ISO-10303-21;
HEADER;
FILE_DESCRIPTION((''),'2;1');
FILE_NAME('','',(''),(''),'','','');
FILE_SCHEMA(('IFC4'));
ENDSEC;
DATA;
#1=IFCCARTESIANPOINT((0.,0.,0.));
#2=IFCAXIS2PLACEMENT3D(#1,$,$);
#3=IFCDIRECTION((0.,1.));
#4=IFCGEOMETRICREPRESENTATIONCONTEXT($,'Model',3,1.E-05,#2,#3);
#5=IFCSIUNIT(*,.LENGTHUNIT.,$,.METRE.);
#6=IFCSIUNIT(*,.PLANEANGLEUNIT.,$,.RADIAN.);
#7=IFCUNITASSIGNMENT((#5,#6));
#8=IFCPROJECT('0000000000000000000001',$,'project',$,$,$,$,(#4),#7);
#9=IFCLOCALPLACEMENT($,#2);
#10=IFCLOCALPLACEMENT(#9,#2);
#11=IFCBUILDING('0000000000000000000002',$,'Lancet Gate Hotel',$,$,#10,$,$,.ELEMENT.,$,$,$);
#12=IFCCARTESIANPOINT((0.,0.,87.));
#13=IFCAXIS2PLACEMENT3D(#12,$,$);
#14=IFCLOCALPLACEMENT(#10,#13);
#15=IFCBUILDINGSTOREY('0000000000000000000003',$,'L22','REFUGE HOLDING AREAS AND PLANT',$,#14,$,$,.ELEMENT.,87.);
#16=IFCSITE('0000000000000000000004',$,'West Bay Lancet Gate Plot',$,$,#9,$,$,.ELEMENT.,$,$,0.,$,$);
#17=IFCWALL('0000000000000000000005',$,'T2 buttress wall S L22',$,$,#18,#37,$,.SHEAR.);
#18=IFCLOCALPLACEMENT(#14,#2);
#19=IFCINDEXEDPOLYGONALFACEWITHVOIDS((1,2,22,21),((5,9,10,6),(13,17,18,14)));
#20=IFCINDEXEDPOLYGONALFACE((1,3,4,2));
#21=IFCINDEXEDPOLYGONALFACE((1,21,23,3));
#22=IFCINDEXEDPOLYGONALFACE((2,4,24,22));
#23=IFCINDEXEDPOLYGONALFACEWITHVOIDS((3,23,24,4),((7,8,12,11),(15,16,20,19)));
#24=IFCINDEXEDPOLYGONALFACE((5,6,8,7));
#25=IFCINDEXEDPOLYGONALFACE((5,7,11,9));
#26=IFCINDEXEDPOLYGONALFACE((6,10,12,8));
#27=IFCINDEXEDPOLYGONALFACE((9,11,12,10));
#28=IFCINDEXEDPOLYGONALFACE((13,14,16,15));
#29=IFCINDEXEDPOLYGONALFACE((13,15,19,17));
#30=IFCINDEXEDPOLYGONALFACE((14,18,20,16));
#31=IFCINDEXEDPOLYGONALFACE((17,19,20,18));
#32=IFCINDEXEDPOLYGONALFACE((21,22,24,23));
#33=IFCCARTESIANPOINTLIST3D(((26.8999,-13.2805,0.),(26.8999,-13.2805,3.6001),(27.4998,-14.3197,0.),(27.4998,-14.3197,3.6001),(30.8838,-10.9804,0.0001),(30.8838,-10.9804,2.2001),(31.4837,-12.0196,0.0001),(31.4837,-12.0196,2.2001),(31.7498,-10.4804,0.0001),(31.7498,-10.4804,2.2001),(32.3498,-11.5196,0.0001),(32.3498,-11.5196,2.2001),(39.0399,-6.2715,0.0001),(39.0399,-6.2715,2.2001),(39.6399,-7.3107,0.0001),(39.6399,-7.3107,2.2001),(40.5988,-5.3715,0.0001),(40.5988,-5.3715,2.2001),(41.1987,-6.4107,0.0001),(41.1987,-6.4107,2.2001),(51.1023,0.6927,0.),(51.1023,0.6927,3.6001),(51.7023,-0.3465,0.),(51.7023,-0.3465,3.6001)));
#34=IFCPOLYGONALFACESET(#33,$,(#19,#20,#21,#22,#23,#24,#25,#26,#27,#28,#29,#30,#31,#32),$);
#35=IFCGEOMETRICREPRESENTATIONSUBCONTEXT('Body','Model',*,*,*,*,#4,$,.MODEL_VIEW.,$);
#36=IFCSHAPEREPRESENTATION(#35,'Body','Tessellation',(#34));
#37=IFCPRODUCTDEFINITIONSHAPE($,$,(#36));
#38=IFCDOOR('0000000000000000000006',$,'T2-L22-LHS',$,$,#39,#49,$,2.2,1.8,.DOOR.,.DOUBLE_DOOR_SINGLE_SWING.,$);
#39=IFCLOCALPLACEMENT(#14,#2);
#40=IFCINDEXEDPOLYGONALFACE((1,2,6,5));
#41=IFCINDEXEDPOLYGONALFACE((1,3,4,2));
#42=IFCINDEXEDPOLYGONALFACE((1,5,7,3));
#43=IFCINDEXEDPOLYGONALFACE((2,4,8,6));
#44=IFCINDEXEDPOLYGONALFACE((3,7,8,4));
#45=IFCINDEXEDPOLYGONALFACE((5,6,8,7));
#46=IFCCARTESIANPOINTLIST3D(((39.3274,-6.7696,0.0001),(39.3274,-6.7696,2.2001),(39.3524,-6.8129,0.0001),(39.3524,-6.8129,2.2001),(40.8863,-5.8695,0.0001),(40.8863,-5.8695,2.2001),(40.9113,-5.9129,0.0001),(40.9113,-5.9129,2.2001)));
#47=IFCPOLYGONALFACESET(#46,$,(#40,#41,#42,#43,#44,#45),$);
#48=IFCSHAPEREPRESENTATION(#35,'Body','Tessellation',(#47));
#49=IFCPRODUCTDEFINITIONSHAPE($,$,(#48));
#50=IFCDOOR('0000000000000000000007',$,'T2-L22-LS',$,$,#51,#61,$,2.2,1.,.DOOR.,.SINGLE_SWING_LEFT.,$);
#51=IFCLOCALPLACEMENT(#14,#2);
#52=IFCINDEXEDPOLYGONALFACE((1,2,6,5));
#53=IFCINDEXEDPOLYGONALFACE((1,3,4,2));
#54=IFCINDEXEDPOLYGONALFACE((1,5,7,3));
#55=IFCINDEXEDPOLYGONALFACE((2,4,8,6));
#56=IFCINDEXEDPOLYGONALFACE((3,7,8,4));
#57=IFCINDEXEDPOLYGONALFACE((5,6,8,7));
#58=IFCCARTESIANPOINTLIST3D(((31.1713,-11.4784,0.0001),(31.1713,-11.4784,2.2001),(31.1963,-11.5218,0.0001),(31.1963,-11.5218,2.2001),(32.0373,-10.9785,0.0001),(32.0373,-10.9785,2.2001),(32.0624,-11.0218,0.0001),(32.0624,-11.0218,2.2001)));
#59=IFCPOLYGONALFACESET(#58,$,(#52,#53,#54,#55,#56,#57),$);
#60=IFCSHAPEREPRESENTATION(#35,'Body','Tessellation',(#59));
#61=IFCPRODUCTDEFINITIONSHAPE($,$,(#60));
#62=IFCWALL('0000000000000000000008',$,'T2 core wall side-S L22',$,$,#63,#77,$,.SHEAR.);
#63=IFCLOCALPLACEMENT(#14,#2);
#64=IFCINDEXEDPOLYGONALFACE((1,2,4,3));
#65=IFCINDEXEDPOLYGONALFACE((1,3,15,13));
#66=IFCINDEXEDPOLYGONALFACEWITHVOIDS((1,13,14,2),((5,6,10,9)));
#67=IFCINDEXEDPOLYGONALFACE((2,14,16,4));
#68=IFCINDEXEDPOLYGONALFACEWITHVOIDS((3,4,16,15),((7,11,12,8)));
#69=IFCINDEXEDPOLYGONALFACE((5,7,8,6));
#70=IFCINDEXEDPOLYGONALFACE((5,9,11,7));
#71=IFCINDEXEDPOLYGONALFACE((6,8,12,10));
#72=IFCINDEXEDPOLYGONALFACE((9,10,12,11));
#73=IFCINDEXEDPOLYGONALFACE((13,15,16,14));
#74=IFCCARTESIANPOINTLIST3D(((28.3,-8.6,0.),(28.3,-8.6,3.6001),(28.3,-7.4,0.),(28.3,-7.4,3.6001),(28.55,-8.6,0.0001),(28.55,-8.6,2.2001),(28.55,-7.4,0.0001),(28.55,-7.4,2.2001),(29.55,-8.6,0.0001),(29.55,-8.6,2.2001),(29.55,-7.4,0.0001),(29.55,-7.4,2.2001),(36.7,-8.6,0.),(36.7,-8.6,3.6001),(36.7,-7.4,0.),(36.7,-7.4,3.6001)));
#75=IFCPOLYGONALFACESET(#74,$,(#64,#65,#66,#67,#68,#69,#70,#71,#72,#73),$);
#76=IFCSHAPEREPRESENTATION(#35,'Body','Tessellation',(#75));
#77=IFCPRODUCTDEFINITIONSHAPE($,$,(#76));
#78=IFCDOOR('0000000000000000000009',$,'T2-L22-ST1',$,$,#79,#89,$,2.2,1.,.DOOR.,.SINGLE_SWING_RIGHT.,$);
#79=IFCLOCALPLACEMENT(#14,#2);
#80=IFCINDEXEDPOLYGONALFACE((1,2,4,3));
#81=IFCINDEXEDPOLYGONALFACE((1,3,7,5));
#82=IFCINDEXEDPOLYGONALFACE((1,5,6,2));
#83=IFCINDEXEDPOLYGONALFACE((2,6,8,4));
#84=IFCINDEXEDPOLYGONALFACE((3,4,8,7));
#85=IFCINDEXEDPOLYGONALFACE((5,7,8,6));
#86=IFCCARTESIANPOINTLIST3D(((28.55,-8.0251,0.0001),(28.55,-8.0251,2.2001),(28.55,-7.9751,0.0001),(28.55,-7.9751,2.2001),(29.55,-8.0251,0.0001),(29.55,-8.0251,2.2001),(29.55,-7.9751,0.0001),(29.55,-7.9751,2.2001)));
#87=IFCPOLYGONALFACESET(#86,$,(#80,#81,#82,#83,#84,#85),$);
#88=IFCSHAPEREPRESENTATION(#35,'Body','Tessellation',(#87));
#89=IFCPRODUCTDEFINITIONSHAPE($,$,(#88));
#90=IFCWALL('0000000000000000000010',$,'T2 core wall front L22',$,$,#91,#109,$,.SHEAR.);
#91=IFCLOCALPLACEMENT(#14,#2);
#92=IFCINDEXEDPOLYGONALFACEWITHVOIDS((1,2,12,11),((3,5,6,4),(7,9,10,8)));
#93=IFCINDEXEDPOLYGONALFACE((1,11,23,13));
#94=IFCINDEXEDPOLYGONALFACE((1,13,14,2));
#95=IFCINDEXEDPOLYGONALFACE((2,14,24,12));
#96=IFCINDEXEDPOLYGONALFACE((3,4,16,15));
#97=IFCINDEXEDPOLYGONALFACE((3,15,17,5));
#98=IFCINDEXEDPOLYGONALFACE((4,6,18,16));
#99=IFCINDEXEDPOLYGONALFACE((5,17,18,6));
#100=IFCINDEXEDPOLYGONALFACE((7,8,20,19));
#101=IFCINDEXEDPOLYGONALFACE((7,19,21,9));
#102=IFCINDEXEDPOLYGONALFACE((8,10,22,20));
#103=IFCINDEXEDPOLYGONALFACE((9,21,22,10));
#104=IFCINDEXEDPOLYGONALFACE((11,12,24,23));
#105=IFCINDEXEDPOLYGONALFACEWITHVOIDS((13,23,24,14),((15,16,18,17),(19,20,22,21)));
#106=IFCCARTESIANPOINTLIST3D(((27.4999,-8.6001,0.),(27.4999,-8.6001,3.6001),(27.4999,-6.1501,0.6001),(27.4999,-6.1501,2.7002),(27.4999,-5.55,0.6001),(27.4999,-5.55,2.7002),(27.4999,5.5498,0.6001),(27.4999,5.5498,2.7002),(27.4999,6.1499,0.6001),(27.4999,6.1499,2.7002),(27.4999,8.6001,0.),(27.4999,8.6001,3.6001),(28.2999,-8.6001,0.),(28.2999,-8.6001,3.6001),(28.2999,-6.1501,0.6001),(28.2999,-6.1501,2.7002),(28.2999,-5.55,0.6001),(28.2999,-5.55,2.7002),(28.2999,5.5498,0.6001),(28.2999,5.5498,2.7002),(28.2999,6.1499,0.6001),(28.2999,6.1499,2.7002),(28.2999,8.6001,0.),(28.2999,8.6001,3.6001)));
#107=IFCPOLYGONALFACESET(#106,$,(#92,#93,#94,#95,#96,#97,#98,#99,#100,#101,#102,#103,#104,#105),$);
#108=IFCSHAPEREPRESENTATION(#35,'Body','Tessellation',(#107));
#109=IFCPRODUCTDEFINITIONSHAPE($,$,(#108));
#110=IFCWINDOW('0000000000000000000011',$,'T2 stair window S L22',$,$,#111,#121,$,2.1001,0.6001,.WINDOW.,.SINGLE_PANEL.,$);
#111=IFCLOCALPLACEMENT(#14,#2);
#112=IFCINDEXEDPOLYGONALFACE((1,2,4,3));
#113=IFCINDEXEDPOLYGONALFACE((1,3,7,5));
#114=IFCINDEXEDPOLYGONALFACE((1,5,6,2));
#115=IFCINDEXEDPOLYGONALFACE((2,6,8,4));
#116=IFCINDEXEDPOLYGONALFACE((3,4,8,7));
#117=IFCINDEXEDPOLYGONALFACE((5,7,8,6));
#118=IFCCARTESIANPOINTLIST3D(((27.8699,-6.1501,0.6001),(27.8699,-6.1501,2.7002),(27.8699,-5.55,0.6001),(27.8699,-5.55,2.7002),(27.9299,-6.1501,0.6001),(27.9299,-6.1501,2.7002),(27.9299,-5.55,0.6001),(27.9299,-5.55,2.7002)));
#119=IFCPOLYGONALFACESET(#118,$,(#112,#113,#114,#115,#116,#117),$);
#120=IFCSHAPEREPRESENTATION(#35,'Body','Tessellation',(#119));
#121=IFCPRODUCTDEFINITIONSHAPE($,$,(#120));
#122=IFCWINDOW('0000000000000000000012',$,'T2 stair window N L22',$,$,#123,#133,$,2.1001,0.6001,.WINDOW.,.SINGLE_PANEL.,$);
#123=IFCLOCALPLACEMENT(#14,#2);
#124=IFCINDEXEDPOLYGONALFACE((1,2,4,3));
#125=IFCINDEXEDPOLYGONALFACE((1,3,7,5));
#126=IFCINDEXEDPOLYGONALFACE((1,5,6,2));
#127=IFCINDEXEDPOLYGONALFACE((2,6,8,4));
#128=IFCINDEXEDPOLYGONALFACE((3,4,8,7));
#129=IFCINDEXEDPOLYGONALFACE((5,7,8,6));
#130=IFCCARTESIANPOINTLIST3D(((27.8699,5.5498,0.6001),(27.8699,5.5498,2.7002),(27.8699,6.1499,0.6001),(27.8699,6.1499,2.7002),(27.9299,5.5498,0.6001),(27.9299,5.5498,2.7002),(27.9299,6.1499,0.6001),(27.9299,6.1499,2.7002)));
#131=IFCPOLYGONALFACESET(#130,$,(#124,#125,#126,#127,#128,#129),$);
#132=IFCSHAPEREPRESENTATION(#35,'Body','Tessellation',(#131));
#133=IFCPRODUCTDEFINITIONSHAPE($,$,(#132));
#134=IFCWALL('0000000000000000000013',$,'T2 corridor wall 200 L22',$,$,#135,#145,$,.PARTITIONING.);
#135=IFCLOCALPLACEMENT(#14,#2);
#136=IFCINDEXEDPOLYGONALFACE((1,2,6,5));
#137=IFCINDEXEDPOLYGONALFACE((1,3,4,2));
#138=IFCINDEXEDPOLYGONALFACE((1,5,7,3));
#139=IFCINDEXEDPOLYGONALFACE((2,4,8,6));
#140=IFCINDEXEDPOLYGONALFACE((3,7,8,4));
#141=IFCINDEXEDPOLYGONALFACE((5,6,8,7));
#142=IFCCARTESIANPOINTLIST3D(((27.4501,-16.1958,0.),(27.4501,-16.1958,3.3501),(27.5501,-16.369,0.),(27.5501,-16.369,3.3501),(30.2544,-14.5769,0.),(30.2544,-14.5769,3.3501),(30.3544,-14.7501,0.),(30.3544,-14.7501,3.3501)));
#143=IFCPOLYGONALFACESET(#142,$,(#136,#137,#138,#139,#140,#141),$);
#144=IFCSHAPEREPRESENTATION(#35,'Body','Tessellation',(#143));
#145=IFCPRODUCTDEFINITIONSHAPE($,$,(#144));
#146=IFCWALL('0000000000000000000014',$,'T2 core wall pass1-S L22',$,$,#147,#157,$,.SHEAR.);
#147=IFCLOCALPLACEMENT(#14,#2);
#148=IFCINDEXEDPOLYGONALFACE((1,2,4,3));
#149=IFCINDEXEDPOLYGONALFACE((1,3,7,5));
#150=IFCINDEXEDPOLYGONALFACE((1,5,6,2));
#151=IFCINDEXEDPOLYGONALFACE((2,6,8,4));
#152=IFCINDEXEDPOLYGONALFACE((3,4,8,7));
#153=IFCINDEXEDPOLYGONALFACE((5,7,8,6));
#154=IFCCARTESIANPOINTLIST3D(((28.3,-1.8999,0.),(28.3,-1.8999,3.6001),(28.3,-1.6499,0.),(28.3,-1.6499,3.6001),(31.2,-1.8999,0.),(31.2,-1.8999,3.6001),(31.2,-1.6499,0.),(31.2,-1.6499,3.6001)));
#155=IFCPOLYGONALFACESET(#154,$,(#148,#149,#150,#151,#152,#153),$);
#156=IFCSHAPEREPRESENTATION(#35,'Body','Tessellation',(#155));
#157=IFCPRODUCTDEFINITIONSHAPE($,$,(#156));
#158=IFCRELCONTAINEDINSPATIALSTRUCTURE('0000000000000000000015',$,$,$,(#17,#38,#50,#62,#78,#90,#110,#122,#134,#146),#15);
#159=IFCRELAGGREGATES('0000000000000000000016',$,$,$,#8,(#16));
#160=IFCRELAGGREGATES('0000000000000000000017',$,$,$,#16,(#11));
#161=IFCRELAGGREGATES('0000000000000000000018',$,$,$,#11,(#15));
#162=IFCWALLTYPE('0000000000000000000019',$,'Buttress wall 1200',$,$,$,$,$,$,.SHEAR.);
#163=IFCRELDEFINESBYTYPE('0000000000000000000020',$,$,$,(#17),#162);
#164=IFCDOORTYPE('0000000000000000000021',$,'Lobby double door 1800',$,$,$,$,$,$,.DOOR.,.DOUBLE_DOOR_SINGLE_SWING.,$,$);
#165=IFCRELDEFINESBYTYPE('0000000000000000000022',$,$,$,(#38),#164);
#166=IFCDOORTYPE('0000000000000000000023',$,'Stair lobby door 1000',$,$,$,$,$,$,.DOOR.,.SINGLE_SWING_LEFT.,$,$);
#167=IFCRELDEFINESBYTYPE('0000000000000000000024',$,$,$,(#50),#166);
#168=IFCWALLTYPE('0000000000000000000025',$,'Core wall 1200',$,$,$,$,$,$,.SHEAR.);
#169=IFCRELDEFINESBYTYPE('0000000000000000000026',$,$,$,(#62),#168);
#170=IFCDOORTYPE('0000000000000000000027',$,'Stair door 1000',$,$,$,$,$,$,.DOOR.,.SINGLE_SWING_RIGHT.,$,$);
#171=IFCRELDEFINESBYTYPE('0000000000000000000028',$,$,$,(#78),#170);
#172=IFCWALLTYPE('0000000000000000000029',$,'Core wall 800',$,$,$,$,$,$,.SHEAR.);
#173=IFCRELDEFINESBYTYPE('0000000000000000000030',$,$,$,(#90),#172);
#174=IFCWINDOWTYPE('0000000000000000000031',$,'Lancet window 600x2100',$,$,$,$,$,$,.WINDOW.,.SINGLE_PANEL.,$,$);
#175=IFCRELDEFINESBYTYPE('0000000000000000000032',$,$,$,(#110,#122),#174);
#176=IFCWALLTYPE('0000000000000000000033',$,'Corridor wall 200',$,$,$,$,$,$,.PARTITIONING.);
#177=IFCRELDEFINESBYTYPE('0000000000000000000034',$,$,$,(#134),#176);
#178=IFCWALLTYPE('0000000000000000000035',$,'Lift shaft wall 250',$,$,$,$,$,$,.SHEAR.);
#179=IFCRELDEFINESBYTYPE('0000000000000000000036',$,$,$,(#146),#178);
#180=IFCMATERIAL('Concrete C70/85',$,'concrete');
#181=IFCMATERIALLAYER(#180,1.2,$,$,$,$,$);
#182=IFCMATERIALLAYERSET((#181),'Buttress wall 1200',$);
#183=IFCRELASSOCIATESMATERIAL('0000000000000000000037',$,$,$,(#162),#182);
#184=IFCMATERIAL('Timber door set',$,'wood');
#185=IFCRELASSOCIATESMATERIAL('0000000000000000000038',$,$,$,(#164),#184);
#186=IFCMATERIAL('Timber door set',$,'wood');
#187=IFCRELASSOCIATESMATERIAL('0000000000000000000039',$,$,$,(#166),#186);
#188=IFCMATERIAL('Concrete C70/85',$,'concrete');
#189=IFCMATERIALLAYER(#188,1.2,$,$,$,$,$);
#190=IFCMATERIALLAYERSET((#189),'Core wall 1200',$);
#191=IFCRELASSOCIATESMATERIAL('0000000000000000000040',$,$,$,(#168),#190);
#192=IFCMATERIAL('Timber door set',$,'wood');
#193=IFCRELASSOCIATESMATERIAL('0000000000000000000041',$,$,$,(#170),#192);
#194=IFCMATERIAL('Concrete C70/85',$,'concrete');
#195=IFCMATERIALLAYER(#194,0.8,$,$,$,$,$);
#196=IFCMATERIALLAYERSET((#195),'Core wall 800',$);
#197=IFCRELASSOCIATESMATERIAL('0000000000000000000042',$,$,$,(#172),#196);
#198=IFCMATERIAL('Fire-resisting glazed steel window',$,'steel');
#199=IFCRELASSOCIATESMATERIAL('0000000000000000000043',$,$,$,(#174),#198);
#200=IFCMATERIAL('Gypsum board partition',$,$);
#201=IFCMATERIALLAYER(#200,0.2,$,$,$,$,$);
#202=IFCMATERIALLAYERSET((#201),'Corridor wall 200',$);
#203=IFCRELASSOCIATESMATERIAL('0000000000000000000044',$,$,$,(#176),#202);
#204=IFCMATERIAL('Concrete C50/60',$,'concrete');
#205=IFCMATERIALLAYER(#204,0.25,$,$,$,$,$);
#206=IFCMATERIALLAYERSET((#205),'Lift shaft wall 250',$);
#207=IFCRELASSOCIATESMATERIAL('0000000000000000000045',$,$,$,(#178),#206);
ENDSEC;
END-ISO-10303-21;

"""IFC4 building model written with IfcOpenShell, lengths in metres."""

from ifc_helpers import new_model, si_unit, direction, frame, frame_2d, origin, place, context, subcontext, project, spatial, rectangle, extrude, material, layer, layer_set, type_object, element, fill, save


model = new_model("IFC4")

# Units and contexts
model_context = context("Model", 3, precision=1e-05, world=origin(), true_north=direction((0.0, 1.0)))
body_context = subcontext(model_context, "Body", "Model", "MODEL_VIEW")
ifc_project = project(units=[si_unit("LENGTHUNIT", "METRE"), si_unit("PLANEANGLEUNIT", "RADIAN")], contexts=[model_context])

# Site, building, storey
site_placement = place(None, origin())
site = spatial("IfcSite", under=ifc_project, at=site_placement, Name="West Bay Lancet Gate Plot", CompositionType="ELEMENT", RefElevation=0.0)
building_placement = place(site_placement, origin())
building = spatial("IfcBuilding", under=site, at=building_placement, Name="Lancet Gate Hotel", CompositionType="ELEMENT")
storey_placement = place(building_placement, frame((0.0, 0.0, 87.0)))
storey = spatial("IfcBuildingStorey", under=building, at=storey_placement, Name="L22", Description="REFUGE HOLDING AREAS AND PLANT", CompositionType="ELEMENT", Elevation=87.0)

# Wall, openings, doors
ifc_material_1 = material(Name="Concrete C70/85", Category="concrete")
ifc_layer_1 = layer(ifc_material_1, 1.2)
ifc_layer_set_1 = layer_set([ifc_layer_1], Name="Buttress wall 1200")
wall_type_1 = type_object("IfcWallType", Name="Buttress wall 1200", PredefinedType="SHEAR", material=ifc_layer_set_1)
wall_1_placement = place(storey_placement, frame((27.2, -13.8, 0.0), z_axis=(0.0, 0.0, 1.0), x_axis=(0.866027, 0.499997, 0.0)))
wall_1 = element("IfcWall", 1, at=wall_1_placement, inside=storey, type_object=wall_type_1, Name="T2 buttress wall S L22", PredefinedType="SHEAR", context=body_context, shape_type="SweptSolid", body=[
    extrude(rectangle(XDim=27.9465, YDim=1.2, at=frame_2d((13.9731, 0.0))), origin(), (0.0, 0.0, 1.0), 3.6001),
])
opening_1_placement = place(wall_1_placement, frame((4.6001, 0.0, 0.0)))
opening_1 = element("IfcOpeningElement", 2, at=opening_1_placement, cuts=wall_1, PredefinedType="OPENING", context=body_context, shape_type="SweptSolid", body=[
    extrude(rectangle(XDim=1.0, YDim=2.2, at=frame_2d((0.5, 1.1001))), frame((0.0, 0.6099, 0.0), z_axis=(0.0, -1.0, 0.0), x_axis=(1.0, 0.0, 0.0)), (0.0, 0.0, 1.0), 1.22),
])
opening_2_placement = place(wall_1_placement, frame((14.0181, 0.0, 0.0)))
opening_2 = element("IfcOpeningElement", 3, at=opening_2_placement, cuts=wall_1, PredefinedType="OPENING", context=body_context, shape_type="SweptSolid", body=[
    extrude(rectangle(XDim=1.8, YDim=2.2, at=frame_2d((0.8999, 1.1001))), frame((0.0, 0.6099, 0.0), z_axis=(0.0, -1.0, 0.0), x_axis=(1.0, 0.0, 0.0)), (0.0, 0.0, 1.0), 1.22),
])
ifc_material_2 = material(Name="Timber door set", Category="wood")
door_type_1 = type_object("IfcDoorType", Name="Lobby double door 1800", OperationType="DOUBLE_DOOR_SINGLE_SWING", PredefinedType="DOOR", material=ifc_material_2)
door_1_placement = place(opening_2_placement, origin())
door_1 = element("IfcDoor", 4, at=door_1_placement, inside=storey, type_object=door_type_1, Name="T2-L22-LHS", OperationType="DOUBLE_DOOR_SINGLE_SWING", OverallHeight=2.2, OverallWidth=1.8, PredefinedType="DOOR", context=body_context, shape_type="SweptSolid", body=[
    extrude(rectangle(XDim=1.8, YDim=2.2, at=frame_2d((0.8999, 1.1001))), frame((0.0, 0.0249, 0.0), z_axis=(0.0, -1.0, 0.0), x_axis=(1.0, 0.0, 0.0)), (0.0, 0.0, 1.0), 0.05),
])
fill(opening_2, door_1)
ifc_material_3 = material(Name="Timber door set", Category="wood")
door_type_2 = type_object("IfcDoorType", Name="Stair lobby door 1000", OperationType="SINGLE_SWING_LEFT", PredefinedType="DOOR", material=ifc_material_3)
door_2_placement = place(opening_1_placement, origin())
door_2 = element("IfcDoor", 5, at=door_2_placement, inside=storey, type_object=door_type_2, Name="T2-L22-LS", OperationType="SINGLE_SWING_LEFT", OverallHeight=2.2, OverallWidth=1.0, PredefinedType="DOOR", context=body_context, shape_type="SweptSolid", body=[
    extrude(rectangle(XDim=1.0, YDim=2.2, at=frame_2d((0.5, 1.1001))), frame((0.0, 0.0249, 0.0), z_axis=(0.0, -1.0, 0.0), x_axis=(1.0, 0.0, 0.0)), (0.0, 0.0, 1.0), 0.05),
])
fill(opening_1, door_2)

# Wall, opening, door
ifc_material_4 = material(Name="Concrete C70/85", Category="concrete")
ifc_layer_2 = layer(ifc_material_4, 1.2)
ifc_layer_set_2 = layer_set([ifc_layer_2], Name="Core wall 1200")
wall_type_2 = type_object("IfcWallType", Name="Core wall 1200", PredefinedType="SHEAR", material=ifc_layer_set_2)
wall_2_placement = place(storey_placement, frame((28.3, -8.0, 0.0), z_axis=(0.0, 0.0, 1.0), x_axis=(1.0, 0.0, 0.0)))
wall_2 = element("IfcWall", 6, at=wall_2_placement, inside=storey, type_object=wall_type_2, Name="T2 core wall side-S L22", PredefinedType="SHEAR", context=body_context, shape_type="SweptSolid", body=[
    extrude(rectangle(XDim=8.3999, YDim=1.2, at=frame_2d((4.2, 0.0))), origin(), (0.0, 0.0, 1.0), 3.6001),
])
opening_3_placement = place(wall_2_placement, frame((0.25, 0.0, 0.0)))
opening_3 = element("IfcOpeningElement", 7, at=opening_3_placement, cuts=wall_2, PredefinedType="OPENING", context=body_context, shape_type="SweptSolid", body=[
    extrude(rectangle(XDim=1.0, YDim=2.2, at=frame_2d((0.5, 1.1001))), frame((0.0, 0.6099, 0.0), z_axis=(0.0, -1.0, 0.0), x_axis=(1.0, 0.0, 0.0)), (0.0, 0.0, 1.0), 1.22),
])
ifc_material_5 = material(Name="Timber door set", Category="wood")
door_type_3 = type_object("IfcDoorType", Name="Stair door 1000", OperationType="SINGLE_SWING_RIGHT", PredefinedType="DOOR", material=ifc_material_5)
door_3_placement = place(opening_3_placement, origin())
door_3 = element("IfcDoor", 8, at=door_3_placement, inside=storey, type_object=door_type_3, Name="T2-L22-ST1", OperationType="SINGLE_SWING_RIGHT", OverallHeight=2.2, OverallWidth=1.0, PredefinedType="DOOR", context=body_context, shape_type="SweptSolid", body=[
    extrude(rectangle(XDim=1.0, YDim=2.2, at=frame_2d((0.5, 1.1001))), frame((0.0, 0.0249, 0.0), z_axis=(0.0, -1.0, 0.0), x_axis=(1.0, 0.0, 0.0)), (0.0, 0.0, 1.0), 0.05),
])
fill(opening_3, door_3)

# Wall, openings, windows
ifc_material_6 = material(Name="Concrete C70/85", Category="concrete")
ifc_layer_3 = layer(ifc_material_6, 0.8)
ifc_layer_set_3 = layer_set([ifc_layer_3], Name="Core wall 800")
wall_type_3 = type_object("IfcWallType", Name="Core wall 800", PredefinedType="SHEAR", material=ifc_layer_set_3)
wall_3_placement = place(storey_placement, frame((27.8999, -8.6001, 0.0), z_axis=(0.0, 0.0, 1.0), x_axis=(0.0, 1.0, 0.0)))
wall_3 = element("IfcWall", 9, at=wall_3_placement, inside=storey, type_object=wall_type_3, Name="T2 core wall front L22", PredefinedType="SHEAR", context=body_context, shape_type="SweptSolid", body=[
    extrude(rectangle(XDim=17.2002, YDim=0.8, at=frame_2d((8.6001, 0.0))), origin(), (0.0, 0.0, 1.0), 3.6001),
])
opening_4_placement = place(wall_3_placement, frame((2.45, 0.0, 0.6001)))
opening_4 = element("IfcOpeningElement", 10, at=opening_4_placement, cuts=wall_3, PredefinedType="OPENING", context=body_context, shape_type="SweptSolid", body=[
    extrude(rectangle(XDim=0.6001, YDim=2.1001, at=frame_2d((0.3, 1.05))), frame((0.0, 0.4099, 0.0), z_axis=(0.0, -1.0, 0.0), x_axis=(1.0, 0.0, 0.0)), (0.0, 0.0, 1.0), 0.8201),
])
opening_5_placement = place(wall_3_placement, frame((14.1499, 0.0, 0.6001)))
opening_5 = element("IfcOpeningElement", 11, at=opening_5_placement, cuts=wall_3, PredefinedType="OPENING", context=body_context, shape_type="SweptSolid", body=[
    extrude(rectangle(XDim=0.6001, YDim=2.1001, at=frame_2d((0.3, 1.05))), frame((0.0, 0.4099, 0.0), z_axis=(0.0, -1.0, 0.0), x_axis=(1.0, 0.0, 0.0)), (0.0, 0.0, 1.0), 0.8201),
])
ifc_material_7 = material(Name="Fire-resisting glazed steel window", Category="steel")
window_type = type_object("IfcWindowType", Name="Lancet window 600x2100", PartitioningType="SINGLE_PANEL", PredefinedType="WINDOW", material=ifc_material_7)
window_1_placement = place(opening_4_placement, origin())
window_1 = element("IfcWindow", 12, at=window_1_placement, inside=storey, type_object=window_type, Name="T2 stair window S L22", OverallHeight=2.1001, OverallWidth=0.6001, PartitioningType="SINGLE_PANEL", PredefinedType="WINDOW", context=body_context, shape_type="SweptSolid", body=[
    extrude(rectangle(XDim=0.6001, YDim=2.1001, at=frame_2d((0.3, 1.05))), frame((0.0, 0.03, 0.0), z_axis=(0.0, -1.0, 0.0), x_axis=(1.0, 0.0, 0.0)), (0.0, 0.0, 1.0), 0.0601),
])
fill(opening_4, window_1)
window_2_placement = place(opening_5_placement, origin())
window_2 = element("IfcWindow", 13, at=window_2_placement, inside=storey, type_object=window_type, Name="T2 stair window N L22", OverallHeight=2.1001, OverallWidth=0.6001, PartitioningType="SINGLE_PANEL", PredefinedType="WINDOW", context=body_context, shape_type="SweptSolid", body=[
    extrude(rectangle(XDim=0.6001, YDim=2.1001, at=frame_2d((0.3, 1.05))), frame((0.0, 0.03, 0.0), z_axis=(0.0, -1.0, 0.0), x_axis=(1.0, 0.0, 0.0)), (0.0, 0.0, 1.0), 0.0601),
])
fill(opening_5, window_2)

# Walls
ifc_material_8 = material(Name="Gypsum board partition")
ifc_layer_4 = layer(ifc_material_8, 0.2)
ifc_layer_set_4 = layer_set([ifc_layer_4], Name="Corridor wall 200")
wall_type_4 = type_object("IfcWallType", Name="Corridor wall 200", PredefinedType="PARTITIONING", material=ifc_layer_set_4)
wall_4_placement = place(storey_placement, frame((27.5, -16.2825, 0.0), z_axis=(0.0, 0.0, 1.0), x_axis=(0.86604, 0.499975, 0.0)))
element("IfcWall", 14, at=wall_4_placement, inside=storey, type_object=wall_type_4, Name="T2 corridor wall 200 L22", PredefinedType="PARTITIONING", context=body_context, shape_type="SweptSolid", body=[
    extrude(rectangle(XDim=3.238, YDim=0.2, at=frame_2d((1.6191, 0.0))), origin(), (0.0, 0.0, 1.0), 3.3501),
])
ifc_material_9 = material(Name="Concrete C50/60", Category="concrete")
ifc_layer_5 = layer(ifc_material_9, 0.25)
ifc_layer_set_5 = layer_set([ifc_layer_5], Name="Lift shaft wall 250")
wall_type_5 = type_object("IfcWallType", Name="Lift shaft wall 250", PredefinedType="SHEAR", material=ifc_layer_set_5)
wall_5_placement = place(storey_placement, frame((28.3, -1.7749, 0.0), z_axis=(0.0, 0.0, 1.0), x_axis=(1.0, 0.0, 0.0)))
element("IfcWall", 15, at=wall_5_placement, inside=storey, type_object=wall_type_5, Name="T2 core wall pass1-S L22", PredefinedType="SHEAR", context=body_context, shape_type="SweptSolid", body=[
    extrude(rectangle(XDim=2.8999, YDim=0.25, at=frame_2d((1.45, 0.0))), origin(), (0.0, 0.0, 1.0), 3.6001),
])

save(model, "model.ifc")
